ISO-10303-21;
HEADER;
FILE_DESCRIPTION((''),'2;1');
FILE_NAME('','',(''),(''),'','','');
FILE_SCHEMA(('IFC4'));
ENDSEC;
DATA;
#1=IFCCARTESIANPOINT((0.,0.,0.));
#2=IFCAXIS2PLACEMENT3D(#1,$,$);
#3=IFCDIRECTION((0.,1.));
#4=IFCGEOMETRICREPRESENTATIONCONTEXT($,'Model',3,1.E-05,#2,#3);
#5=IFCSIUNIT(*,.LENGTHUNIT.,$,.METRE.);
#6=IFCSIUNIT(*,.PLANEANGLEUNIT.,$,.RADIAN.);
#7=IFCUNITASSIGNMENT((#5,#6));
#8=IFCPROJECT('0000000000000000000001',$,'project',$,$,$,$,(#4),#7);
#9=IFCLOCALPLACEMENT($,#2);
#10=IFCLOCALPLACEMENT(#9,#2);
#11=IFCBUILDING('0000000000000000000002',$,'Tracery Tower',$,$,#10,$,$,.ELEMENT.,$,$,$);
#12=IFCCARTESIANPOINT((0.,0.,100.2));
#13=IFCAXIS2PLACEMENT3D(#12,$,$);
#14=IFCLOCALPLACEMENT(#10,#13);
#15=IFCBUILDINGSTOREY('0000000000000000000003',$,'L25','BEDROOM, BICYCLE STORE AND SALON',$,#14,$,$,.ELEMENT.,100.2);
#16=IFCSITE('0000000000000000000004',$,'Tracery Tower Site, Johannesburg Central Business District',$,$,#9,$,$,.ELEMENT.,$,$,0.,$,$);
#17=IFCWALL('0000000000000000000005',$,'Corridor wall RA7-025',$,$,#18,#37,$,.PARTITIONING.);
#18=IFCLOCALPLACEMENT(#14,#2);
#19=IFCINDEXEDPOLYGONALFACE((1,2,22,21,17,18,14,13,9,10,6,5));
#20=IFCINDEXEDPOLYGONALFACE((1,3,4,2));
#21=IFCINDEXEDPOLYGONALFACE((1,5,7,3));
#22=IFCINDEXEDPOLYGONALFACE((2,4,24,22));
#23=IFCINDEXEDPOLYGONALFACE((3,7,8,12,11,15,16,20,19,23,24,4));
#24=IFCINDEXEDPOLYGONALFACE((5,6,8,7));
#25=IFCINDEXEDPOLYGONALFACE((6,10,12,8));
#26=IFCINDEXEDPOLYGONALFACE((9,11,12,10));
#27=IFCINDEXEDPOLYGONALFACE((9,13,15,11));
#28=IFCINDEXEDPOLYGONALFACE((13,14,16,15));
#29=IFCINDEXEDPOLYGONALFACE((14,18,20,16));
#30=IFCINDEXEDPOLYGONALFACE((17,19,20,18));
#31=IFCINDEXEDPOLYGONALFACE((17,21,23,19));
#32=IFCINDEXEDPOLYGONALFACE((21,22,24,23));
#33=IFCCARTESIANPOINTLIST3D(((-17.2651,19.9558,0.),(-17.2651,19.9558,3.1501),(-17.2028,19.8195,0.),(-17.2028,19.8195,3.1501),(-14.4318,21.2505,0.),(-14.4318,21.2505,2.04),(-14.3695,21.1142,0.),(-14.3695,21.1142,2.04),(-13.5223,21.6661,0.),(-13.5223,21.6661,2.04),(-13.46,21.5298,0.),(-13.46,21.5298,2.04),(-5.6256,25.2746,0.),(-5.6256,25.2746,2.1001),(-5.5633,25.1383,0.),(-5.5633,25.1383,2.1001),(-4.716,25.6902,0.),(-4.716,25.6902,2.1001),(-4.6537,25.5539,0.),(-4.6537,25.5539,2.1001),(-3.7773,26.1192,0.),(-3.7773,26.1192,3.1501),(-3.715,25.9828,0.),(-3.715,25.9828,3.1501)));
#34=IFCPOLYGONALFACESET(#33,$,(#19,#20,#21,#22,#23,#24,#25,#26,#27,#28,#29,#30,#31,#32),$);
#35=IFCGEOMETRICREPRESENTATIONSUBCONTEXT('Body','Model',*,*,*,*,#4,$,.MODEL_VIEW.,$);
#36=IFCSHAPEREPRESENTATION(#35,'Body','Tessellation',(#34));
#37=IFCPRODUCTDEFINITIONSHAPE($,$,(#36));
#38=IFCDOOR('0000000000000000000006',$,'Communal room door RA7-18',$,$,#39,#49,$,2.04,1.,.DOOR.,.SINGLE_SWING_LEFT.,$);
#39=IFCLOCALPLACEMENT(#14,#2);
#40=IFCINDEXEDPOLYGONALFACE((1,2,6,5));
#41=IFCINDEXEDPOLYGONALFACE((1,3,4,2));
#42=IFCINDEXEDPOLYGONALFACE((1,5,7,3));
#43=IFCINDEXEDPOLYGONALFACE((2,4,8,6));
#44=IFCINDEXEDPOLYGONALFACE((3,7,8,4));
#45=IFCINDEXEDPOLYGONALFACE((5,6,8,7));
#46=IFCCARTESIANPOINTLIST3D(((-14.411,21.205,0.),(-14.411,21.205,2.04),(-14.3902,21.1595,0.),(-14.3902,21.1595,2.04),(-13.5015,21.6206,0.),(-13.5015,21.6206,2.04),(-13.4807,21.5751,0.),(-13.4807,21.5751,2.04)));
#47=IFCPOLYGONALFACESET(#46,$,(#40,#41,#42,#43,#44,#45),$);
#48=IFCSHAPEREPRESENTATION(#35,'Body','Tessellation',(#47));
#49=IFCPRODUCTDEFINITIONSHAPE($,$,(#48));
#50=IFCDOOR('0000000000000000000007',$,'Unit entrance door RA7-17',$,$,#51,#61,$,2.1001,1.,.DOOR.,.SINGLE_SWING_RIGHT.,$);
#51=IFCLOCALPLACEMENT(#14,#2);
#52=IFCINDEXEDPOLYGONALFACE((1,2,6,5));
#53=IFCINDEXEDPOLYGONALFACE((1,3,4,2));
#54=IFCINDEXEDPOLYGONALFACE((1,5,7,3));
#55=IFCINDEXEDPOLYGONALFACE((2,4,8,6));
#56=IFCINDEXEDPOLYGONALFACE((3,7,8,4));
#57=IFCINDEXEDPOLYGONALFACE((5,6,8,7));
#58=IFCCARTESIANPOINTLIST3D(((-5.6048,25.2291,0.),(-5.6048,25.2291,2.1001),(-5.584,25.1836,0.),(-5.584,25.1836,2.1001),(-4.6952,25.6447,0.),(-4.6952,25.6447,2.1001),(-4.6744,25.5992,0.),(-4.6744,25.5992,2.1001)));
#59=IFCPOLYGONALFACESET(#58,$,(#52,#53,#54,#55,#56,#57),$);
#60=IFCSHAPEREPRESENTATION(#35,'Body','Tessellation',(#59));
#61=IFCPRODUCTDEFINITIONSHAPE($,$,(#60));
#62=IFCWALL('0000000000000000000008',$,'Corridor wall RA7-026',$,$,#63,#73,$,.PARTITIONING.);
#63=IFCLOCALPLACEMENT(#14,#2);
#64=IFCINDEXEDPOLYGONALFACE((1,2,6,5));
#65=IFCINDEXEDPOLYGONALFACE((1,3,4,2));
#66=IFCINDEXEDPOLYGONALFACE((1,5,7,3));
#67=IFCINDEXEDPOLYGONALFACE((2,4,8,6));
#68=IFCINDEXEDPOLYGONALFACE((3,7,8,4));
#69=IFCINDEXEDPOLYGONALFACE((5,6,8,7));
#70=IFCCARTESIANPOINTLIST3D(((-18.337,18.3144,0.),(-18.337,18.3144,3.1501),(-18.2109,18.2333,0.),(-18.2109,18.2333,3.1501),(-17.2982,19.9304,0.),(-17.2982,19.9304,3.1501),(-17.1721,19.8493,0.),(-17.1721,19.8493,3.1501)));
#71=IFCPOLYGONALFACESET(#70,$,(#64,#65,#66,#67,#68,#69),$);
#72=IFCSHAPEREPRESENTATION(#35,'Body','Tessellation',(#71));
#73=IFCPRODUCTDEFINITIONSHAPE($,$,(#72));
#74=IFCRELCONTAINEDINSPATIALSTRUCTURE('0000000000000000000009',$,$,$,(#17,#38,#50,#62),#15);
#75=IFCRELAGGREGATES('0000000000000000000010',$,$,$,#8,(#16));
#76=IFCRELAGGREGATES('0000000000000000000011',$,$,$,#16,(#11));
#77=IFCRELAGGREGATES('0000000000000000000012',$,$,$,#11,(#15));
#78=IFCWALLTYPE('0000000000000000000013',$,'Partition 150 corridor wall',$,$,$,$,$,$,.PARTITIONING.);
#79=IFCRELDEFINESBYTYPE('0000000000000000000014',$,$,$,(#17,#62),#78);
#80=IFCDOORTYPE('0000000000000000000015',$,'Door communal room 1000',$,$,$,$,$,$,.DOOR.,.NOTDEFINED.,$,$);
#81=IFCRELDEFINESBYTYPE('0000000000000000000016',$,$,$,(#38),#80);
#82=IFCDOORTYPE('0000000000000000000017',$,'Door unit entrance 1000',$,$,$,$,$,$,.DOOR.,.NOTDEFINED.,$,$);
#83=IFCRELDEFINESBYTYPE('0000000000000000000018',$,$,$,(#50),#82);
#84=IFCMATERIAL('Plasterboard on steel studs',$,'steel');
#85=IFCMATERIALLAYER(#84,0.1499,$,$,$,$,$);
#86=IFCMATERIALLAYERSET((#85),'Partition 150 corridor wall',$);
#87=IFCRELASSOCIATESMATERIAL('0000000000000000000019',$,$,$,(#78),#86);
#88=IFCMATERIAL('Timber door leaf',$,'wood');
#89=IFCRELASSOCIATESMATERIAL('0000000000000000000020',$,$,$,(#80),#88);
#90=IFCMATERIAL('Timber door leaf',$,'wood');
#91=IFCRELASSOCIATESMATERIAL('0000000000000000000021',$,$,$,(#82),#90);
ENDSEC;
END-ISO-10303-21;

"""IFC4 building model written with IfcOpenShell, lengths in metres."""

from ifc_helpers import new_model, si_unit, direction, frame, frame_2d, origin, place, context, subcontext, project, spatial, rectangle, extrude, material, layer, layer_set, type_object, element, fill, save


model = new_model("IFC4")

# Units and contexts
model_context = context("Model", 3, precision=1e-05, world=origin(), true_north=direction((0.0, 1.0)))
body_context = subcontext(model_context, "Body", "Model", "MODEL_VIEW")
ifc_project = project(units=[si_unit("LENGTHUNIT", "METRE"), si_unit("PLANEANGLEUNIT", "RADIAN")], contexts=[model_context])

# Site, building, storey
site_placement = place(None, origin())
site = spatial("IfcSite", under=ifc_project, at=site_placement, Name="Tracery Tower Site, Johannesburg Central Business District", CompositionType="ELEMENT", RefElevation=0.0)
building_placement = place(site_placement, origin())
building = spatial("IfcBuilding", under=site, at=building_placement, Name="Tracery Tower", CompositionType="ELEMENT")
storey_placement = place(building_placement, frame((0.0, 0.0, 100.2)))
storey = spatial("IfcBuildingStorey", under=building, at=storey_placement, Name="L25", Description="BEDROOM, BICYCLE STORE AND SALON", CompositionType="ELEMENT", Elevation=100.2)

# Wall, openings, doors
ifc_material_1 = material(Name="Plasterboard on steel studs", Category="steel")
ifc_layer_1 = layer(ifc_material_1, 0.1499)
ifc_layer_set_1 = layer_set([ifc_layer_1], Name="Partition 150 corridor wall")
wall_type_1 = type_object("IfcWallType", Name="Partition 150 corridor wall", PredefinedType="PARTITIONING", material=ifc_layer_set_1)
wall_1_placement = place(storey_placement, frame((-17.2339, 19.8877, 0.0), z_axis=(0.0, 0.0, 1.0), x_axis=(0.909539, 0.415619, 0.0)))
wall_1 = element("IfcWall", 1, at=wall_1_placement, inside=storey, type_object=wall_type_1, Name="Corridor wall RA7-025", PredefinedType="PARTITIONING", context=body_context, shape_type="SweptSolid", body=[
    extrude(rectangle(XDim=14.8293, YDim=0.1499, at=frame_2d((7.4146, 0.0))), origin(), (0.0, 0.0, 1.0), 3.1501),
])
opening_1_placement = place(wall_1_placement, frame((12.7971, 0.0, 0.0)))
opening_1 = element("IfcOpeningElement", 2, at=opening_1_placement, cuts=wall_1, PredefinedType="OPENING", context=body_context, shape_type="SweptSolid", body=[
    extrude(rectangle(XDim=1.0, YDim=2.1001, at=frame_2d((0.5, 1.05))), frame((0.0, 0.075, 0.0), z_axis=(0.0, -1.0, 0.0), x_axis=(1.0, 0.0, 0.0)), (0.0, 0.0, 1.0), 0.1499),
])
opening_2_placement = place(wall_1_placement, frame((3.115, 0.0, 0.0)))
opening_2 = element("IfcOpeningElement", 3, at=opening_2_placement, cuts=wall_1, PredefinedType="OPENING", context=body_context, shape_type="SweptSolid", body=[
    extrude(rectangle(XDim=1.0, YDim=2.04, at=frame_2d((0.5, 1.02))), frame((0.0, 0.075, 0.0), z_axis=(0.0, -1.0, 0.0), x_axis=(1.0, 0.0, 0.0)), (0.0, 0.0, 1.0), 0.1499),
])
ifc_material_2 = material(Name="Timber door leaf", Category="wood")
door_type_1 = type_object("IfcDoorType", Name="Door communal room 1000", OperationType="NOTDEFINED", PredefinedType="DOOR", material=ifc_material_2)
door_1_placement = place(opening_2_placement, origin())
door_1 = element("IfcDoor", 4, at=door_1_placement, inside=storey, type_object=door_type_1, Name="Communal room door RA7-18", OperationType="SINGLE_SWING_LEFT", OverallHeight=2.04, OverallWidth=1.0, PredefinedType="DOOR", context=body_context, shape_type="SweptSolid", body=[
    extrude(rectangle(XDim=1.0, YDim=2.04, at=frame_2d((0.5, 1.02))), frame((0.0, 0.0249, 0.0), z_axis=(0.0, -1.0, 0.0), x_axis=(1.0, 0.0, 0.0)), (0.0, 0.0, 1.0), 0.05),
])
fill(opening_2, door_1)
ifc_material_3 = material(Name="Timber door leaf", Category="wood")
door_type_2 = type_object("IfcDoorType", Name="Door unit entrance 1000", OperationType="NOTDEFINED", PredefinedType="DOOR", material=ifc_material_3)
door_2_placement = place(opening_1_placement, origin())
door_2 = element("IfcDoor", 5, at=door_2_placement, inside=storey, type_object=door_type_2, Name="Unit entrance door RA7-17", OperationType="SINGLE_SWING_RIGHT", OverallHeight=2.1001, OverallWidth=1.0, PredefinedType="DOOR", context=body_context, shape_type="SweptSolid", body=[
    extrude(rectangle(XDim=1.0, YDim=2.1001, at=frame_2d((0.5, 1.05))), frame((0.0, 0.0249, 0.0), z_axis=(0.0, -1.0, 0.0), x_axis=(1.0, 0.0, 0.0)), (0.0, 0.0, 1.0), 0.05),
])
fill(opening_1, door_2)

# Wall
wall_2_placement = place(storey_placement, frame((-18.2739, 18.2739, 0.0), z_axis=(0.0, 0.0, 1.0), x_axis=(0.540751, 0.841183, 0.0)))
element("IfcWall", 6, at=wall_2_placement, inside=storey, type_object=wall_type_1, Name="Corridor wall RA7-026", PredefinedType="PARTITIONING", context=body_context, shape_type="SweptSolid", body=[
    extrude(rectangle(XDim=1.9211, YDim=0.1499, at=frame_2d((0.9604, 0.0))), origin(), (0.0, 0.0, 1.0), 3.1501),
])

save(model, "model.ifc")
